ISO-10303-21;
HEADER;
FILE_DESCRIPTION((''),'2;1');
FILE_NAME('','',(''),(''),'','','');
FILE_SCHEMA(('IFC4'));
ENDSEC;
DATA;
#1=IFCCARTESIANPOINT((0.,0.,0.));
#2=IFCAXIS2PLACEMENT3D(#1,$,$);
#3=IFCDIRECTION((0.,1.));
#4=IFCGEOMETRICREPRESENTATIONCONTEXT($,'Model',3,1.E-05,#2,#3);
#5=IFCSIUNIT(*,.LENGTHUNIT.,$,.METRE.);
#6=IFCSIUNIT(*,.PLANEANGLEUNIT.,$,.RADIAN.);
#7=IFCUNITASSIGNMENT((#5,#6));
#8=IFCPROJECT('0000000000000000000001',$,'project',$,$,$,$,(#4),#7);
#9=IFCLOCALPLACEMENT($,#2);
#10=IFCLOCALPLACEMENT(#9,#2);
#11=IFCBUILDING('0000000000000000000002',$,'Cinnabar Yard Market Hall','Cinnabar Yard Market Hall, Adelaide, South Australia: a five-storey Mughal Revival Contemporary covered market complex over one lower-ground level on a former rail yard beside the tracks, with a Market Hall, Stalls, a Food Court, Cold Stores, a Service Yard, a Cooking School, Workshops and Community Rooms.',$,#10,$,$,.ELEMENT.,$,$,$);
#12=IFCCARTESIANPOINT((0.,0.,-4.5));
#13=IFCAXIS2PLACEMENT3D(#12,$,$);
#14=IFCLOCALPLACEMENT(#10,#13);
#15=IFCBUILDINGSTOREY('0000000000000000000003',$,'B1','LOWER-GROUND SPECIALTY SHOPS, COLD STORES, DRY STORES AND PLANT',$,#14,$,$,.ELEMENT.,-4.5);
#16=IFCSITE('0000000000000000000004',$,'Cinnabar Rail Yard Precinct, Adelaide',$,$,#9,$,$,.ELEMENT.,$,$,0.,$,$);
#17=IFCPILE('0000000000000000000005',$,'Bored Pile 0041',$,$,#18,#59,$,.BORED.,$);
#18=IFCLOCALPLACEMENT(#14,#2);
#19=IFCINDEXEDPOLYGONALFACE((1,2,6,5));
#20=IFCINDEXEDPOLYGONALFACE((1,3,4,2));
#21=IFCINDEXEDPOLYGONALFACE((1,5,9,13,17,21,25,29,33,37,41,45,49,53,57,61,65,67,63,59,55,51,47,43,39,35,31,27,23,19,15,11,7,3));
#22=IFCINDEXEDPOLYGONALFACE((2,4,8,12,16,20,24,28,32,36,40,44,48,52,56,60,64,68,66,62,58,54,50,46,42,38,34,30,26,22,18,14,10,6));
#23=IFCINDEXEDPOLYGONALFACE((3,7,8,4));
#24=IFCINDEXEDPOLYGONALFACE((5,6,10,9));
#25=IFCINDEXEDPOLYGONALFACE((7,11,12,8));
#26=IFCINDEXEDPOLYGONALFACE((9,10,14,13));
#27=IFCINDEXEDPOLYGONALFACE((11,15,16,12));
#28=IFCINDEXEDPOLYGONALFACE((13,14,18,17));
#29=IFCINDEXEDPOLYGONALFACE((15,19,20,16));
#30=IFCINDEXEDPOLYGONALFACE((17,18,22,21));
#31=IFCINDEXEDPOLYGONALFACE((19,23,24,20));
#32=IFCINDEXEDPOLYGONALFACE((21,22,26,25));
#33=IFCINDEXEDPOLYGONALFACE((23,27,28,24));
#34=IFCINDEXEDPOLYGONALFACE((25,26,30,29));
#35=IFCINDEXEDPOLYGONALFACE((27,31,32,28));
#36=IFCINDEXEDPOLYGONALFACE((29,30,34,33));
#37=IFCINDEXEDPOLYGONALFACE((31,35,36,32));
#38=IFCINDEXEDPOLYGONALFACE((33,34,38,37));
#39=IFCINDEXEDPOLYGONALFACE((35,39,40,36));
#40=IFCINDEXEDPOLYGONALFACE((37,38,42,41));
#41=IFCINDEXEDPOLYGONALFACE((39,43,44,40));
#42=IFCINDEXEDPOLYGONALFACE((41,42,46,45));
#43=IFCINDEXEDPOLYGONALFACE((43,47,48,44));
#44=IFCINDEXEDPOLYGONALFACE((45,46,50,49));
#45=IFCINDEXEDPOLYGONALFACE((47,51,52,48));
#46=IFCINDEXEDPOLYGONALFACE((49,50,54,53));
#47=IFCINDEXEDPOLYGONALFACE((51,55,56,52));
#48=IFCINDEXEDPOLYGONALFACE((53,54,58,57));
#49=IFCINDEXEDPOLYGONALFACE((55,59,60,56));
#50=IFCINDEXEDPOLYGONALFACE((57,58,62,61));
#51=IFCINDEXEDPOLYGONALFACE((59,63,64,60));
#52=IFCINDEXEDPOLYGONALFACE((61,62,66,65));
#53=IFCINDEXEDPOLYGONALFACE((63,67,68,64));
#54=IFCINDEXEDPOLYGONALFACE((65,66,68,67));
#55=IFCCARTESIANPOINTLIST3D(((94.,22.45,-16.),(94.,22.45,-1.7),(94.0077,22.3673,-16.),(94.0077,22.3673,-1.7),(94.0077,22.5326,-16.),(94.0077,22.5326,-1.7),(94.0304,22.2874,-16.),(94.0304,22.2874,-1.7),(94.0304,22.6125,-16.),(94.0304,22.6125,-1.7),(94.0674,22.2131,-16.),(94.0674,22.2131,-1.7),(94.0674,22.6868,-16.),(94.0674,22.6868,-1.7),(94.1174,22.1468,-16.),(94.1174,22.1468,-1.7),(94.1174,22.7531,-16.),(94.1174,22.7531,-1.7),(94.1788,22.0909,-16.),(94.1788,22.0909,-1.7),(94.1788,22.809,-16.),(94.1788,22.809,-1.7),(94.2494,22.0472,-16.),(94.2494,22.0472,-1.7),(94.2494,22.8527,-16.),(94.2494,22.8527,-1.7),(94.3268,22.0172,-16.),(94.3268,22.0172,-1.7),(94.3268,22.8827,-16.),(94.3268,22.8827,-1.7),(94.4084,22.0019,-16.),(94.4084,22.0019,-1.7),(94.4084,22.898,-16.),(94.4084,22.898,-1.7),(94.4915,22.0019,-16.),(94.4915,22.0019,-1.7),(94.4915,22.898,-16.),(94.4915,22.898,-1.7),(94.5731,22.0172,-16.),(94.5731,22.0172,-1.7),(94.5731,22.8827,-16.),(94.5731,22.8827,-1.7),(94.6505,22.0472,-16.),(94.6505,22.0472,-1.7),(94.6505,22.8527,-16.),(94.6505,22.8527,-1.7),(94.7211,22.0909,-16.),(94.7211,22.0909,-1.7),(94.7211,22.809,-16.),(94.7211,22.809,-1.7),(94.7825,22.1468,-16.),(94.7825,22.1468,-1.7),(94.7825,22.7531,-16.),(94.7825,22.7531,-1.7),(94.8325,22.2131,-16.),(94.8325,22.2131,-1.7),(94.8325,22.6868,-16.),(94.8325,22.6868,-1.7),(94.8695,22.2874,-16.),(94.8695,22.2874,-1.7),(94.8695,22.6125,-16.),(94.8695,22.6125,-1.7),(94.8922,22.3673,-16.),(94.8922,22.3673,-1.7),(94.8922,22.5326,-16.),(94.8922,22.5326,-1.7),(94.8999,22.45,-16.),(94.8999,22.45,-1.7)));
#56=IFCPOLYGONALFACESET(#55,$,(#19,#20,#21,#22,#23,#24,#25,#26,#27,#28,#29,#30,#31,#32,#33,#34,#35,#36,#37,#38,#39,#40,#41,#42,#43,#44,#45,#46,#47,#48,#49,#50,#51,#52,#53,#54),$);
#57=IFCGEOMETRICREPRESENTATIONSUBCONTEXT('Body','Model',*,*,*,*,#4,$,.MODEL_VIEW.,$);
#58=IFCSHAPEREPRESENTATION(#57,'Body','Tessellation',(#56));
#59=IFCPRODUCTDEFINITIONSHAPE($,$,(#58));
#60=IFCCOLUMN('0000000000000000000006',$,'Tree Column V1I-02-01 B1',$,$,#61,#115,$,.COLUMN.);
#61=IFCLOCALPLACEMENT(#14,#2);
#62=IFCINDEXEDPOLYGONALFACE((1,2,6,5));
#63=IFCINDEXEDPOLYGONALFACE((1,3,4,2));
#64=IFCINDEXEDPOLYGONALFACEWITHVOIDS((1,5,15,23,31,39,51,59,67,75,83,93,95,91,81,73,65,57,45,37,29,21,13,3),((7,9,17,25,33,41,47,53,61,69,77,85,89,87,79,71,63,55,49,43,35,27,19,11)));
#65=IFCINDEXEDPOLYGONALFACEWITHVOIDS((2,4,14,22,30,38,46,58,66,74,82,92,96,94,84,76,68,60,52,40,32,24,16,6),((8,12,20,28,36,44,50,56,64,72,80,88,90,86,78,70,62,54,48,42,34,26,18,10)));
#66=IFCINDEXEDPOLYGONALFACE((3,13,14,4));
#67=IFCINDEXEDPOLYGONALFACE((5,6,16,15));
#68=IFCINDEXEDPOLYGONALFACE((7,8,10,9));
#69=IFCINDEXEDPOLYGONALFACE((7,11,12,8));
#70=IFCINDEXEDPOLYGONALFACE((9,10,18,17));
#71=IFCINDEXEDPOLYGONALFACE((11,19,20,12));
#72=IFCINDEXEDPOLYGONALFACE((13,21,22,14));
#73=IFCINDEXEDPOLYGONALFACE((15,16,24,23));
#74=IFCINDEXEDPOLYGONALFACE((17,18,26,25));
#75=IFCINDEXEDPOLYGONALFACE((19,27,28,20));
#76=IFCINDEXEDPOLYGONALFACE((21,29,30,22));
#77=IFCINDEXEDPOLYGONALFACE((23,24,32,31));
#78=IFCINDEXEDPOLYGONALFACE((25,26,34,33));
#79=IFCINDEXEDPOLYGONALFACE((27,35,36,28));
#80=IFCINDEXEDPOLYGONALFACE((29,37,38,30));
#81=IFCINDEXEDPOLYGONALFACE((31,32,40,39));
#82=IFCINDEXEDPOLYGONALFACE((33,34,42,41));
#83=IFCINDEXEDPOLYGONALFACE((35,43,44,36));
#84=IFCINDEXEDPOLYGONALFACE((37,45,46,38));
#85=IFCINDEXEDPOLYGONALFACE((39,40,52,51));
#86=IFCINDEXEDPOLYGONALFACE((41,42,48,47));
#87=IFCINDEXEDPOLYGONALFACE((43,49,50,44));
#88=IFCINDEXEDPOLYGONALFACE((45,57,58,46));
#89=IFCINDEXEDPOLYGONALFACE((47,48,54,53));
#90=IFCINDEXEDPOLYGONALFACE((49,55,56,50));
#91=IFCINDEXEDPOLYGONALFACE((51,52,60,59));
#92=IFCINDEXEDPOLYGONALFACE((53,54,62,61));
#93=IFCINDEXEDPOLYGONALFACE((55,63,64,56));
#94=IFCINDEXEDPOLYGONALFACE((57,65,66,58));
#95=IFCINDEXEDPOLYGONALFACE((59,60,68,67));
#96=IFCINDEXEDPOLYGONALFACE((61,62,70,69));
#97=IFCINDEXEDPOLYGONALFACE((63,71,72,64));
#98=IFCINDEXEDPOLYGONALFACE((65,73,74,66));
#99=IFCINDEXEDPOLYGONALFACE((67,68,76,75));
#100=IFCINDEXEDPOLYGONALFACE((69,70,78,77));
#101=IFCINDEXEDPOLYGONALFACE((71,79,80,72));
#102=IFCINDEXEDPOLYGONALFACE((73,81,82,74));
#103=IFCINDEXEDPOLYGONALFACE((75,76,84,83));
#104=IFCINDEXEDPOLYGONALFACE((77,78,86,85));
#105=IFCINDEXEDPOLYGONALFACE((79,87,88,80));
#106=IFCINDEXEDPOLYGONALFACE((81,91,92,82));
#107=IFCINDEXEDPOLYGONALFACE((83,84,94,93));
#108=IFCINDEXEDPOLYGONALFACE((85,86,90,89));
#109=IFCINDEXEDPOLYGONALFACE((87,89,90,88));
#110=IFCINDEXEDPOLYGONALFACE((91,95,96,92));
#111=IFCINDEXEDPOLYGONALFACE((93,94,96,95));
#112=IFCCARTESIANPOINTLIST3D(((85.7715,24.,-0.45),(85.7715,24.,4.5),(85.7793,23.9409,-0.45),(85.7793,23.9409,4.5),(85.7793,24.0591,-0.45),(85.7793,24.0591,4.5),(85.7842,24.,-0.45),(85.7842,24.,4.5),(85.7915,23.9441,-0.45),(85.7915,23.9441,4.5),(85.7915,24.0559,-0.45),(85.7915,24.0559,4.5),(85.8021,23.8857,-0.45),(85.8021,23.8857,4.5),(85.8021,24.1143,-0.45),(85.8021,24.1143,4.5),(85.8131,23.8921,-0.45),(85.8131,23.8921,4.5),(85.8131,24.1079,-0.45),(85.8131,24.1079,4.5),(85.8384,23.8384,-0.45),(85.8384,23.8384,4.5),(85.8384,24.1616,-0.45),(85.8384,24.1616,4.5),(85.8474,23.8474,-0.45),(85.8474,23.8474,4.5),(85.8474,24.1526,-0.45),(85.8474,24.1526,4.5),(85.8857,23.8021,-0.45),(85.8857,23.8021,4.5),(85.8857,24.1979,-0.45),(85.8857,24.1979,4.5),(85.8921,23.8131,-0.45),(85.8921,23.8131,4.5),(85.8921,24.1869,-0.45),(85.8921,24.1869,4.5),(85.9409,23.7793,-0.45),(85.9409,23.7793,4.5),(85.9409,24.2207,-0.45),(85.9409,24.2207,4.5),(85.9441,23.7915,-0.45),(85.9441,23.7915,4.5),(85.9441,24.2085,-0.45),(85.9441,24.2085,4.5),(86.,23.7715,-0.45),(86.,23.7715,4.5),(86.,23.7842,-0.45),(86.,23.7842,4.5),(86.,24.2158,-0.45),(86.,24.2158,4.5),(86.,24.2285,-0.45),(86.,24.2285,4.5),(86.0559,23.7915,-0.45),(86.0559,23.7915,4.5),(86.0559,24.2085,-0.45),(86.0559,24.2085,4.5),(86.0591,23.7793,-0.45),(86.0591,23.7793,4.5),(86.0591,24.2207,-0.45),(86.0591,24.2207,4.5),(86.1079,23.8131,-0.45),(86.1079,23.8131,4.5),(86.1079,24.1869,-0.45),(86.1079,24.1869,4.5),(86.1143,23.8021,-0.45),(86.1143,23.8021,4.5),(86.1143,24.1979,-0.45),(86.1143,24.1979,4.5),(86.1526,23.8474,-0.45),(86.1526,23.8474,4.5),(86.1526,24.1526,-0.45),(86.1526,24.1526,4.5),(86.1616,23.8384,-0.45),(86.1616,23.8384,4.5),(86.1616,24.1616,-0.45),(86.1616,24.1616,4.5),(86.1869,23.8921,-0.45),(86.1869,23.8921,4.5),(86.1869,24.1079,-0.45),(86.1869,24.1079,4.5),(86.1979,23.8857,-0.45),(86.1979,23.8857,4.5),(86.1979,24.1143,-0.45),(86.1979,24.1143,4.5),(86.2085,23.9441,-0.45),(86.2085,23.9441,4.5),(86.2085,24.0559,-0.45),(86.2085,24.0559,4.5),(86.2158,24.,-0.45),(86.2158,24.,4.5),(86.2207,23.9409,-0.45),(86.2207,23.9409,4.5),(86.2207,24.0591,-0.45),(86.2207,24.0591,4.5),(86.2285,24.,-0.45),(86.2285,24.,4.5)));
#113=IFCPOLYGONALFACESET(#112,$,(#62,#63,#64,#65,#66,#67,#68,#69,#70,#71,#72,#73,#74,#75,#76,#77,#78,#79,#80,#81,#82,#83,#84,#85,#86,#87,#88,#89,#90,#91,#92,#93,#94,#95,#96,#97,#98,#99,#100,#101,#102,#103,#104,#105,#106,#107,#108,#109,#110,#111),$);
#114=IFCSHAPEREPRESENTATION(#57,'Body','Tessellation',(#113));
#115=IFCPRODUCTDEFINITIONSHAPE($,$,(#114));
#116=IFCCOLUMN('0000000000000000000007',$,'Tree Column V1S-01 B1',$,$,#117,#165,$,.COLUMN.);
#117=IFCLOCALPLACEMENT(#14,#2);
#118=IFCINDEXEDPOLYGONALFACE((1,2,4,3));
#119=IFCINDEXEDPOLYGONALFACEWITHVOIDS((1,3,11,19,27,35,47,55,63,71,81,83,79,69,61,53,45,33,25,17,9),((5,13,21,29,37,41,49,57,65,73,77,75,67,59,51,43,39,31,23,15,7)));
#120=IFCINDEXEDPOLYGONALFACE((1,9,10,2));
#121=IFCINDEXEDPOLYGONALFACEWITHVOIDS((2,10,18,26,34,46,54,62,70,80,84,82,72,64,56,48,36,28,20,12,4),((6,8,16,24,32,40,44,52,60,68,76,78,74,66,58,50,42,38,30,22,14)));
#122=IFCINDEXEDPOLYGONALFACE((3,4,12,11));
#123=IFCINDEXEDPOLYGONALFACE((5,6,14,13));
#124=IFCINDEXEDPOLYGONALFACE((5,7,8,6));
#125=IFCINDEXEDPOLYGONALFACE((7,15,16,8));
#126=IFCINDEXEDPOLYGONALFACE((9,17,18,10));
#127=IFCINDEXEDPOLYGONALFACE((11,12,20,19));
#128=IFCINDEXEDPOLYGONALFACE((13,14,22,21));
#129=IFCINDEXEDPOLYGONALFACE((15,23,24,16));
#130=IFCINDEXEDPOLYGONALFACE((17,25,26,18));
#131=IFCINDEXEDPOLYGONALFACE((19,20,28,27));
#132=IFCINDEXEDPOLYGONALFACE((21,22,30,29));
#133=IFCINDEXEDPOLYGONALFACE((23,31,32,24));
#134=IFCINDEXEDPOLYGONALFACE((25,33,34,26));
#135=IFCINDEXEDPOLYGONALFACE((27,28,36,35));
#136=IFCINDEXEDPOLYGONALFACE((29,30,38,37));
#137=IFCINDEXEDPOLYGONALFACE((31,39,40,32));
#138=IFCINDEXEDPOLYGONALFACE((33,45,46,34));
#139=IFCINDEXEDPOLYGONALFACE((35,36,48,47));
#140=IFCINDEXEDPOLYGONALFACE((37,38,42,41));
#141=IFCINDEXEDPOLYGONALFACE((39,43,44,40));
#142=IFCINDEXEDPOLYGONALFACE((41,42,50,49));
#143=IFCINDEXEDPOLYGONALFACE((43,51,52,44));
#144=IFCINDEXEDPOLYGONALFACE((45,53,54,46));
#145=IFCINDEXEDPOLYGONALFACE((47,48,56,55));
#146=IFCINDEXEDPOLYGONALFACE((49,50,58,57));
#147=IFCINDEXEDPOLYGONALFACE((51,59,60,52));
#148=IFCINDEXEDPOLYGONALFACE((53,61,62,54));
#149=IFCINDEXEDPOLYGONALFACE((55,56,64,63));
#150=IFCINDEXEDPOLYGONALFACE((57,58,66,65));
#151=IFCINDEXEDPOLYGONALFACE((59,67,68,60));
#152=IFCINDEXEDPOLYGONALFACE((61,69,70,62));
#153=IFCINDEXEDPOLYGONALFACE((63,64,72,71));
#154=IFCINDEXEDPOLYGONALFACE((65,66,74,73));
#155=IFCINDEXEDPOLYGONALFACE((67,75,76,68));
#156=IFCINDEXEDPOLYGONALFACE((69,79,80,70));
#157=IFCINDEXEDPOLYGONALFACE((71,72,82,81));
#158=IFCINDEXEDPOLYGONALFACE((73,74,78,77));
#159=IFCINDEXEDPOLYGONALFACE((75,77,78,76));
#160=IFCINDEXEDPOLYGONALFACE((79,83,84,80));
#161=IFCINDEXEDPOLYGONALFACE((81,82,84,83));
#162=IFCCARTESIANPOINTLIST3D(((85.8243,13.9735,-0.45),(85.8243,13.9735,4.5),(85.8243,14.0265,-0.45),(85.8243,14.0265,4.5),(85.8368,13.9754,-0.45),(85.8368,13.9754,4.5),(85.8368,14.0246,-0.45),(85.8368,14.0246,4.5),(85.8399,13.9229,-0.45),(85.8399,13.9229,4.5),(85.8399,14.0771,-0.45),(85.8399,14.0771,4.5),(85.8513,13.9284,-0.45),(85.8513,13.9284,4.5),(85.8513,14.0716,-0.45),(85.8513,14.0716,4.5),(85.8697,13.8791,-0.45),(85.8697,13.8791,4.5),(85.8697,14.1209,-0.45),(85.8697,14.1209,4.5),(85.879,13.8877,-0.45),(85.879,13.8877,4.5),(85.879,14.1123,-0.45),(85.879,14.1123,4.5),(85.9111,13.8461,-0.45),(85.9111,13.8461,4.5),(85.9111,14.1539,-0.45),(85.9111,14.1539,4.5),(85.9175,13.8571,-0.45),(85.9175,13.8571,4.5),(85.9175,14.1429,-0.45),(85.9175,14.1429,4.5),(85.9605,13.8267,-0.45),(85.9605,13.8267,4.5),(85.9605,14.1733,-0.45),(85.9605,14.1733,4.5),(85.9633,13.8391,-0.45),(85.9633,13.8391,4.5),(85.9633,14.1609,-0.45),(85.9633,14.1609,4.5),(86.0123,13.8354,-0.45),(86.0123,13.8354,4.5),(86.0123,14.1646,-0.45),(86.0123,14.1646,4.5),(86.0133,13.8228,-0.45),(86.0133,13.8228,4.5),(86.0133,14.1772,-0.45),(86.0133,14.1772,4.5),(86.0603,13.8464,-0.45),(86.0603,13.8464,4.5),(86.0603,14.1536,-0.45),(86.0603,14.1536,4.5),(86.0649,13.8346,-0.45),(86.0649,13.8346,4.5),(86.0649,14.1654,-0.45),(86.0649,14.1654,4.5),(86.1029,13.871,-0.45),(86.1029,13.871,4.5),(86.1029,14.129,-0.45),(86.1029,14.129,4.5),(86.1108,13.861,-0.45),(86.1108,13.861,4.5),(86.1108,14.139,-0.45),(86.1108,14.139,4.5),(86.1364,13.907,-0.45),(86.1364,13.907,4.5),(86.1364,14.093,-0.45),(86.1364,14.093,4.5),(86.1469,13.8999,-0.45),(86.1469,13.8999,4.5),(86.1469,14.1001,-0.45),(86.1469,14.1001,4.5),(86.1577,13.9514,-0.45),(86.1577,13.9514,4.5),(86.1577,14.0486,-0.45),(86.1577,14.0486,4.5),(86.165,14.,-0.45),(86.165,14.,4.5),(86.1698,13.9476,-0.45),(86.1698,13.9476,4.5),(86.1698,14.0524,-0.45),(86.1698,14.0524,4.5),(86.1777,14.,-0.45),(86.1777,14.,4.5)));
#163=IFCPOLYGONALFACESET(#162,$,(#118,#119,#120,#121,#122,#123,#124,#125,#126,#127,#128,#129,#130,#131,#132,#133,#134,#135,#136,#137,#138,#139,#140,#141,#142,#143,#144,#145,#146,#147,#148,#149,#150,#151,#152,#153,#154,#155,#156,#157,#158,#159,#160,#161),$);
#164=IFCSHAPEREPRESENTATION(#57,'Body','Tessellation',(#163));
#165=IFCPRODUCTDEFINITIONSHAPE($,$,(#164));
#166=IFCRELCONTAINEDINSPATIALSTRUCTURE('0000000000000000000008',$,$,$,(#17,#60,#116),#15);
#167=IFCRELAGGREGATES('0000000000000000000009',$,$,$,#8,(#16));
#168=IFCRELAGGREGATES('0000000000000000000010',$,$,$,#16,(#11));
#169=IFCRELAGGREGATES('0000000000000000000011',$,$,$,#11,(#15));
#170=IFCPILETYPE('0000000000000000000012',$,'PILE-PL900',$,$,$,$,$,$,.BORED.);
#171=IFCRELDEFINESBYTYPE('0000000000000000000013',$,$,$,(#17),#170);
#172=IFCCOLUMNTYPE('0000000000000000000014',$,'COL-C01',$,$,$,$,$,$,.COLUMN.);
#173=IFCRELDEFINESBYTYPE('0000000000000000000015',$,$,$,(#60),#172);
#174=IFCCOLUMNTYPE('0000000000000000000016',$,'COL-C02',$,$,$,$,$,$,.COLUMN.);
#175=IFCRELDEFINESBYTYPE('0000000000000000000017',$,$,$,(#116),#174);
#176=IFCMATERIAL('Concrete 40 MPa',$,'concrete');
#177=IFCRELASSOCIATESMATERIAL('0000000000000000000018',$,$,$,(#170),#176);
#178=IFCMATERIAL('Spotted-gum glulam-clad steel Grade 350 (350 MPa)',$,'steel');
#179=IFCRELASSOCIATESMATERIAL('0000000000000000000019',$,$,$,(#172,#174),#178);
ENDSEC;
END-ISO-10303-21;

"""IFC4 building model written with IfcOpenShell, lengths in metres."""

from ifc_helpers import new_model, si_unit, direction, frame, origin, origin_2d_with_axis, place, context, subcontext, project, spatial, circle, hollow_circle, extrude, material, material_profile, profile_set, type_object, element, save


model = new_model("IFC4")

# Units and contexts
model_context = context("Model", 3, precision=1e-05, world=origin(), true_north=direction((0.0, 1.0)))
body_context = subcontext(model_context, "Body", "Model", "MODEL_VIEW")
ifc_project = project(units=[si_unit("LENGTHUNIT", "METRE"), si_unit("PLANEANGLEUNIT", "RADIAN")], contexts=[model_context])

# Site, building, storey
site_placement = place(None, origin())
site = spatial("IfcSite", under=ifc_project, at=site_placement, Name="Cinnabar Rail Yard Precinct, Adelaide", CompositionType="ELEMENT", RefElevation=0.0)
building_placement = place(site_placement, origin())
building = spatial("IfcBuilding", under=site, at=building_placement, Name="Cinnabar Yard Market Hall", Description="Cinnabar Yard Market Hall, Adelaide, South Australia: a five-storey Mughal Revival Contemporary covered market complex over one lower-ground level on a former rail yard beside the tracks, with a Market Hall, Stalls, a Food Court, Cold Stores, a Service Yard, a Cooking School, Workshops and Community Rooms.", CompositionType="ELEMENT")
storey_placement = place(building_placement, frame((0.0, 0.0, -4.5)))
storey = spatial("IfcBuildingStorey", under=building, at=storey_placement, Name="B1", Description="LOWER-GROUND SPECIALTY SHOPS, COLD STORES, DRY STORES AND PLANT", CompositionType="ELEMENT", Elevation=-4.5)

# Shared definitions
ifc_material_1 = material(Name="Concrete 40 MPa", Category="concrete")

# Pile
ifc_material_profile_1 = material_profile(ifc_material_1, circle(Radius=0.45, at=origin_2d_with_axis()), Name="PILE-D900")
ifc_profile_set_1 = profile_set([ifc_material_profile_1], Name="Concrete 40 MPa")
pile_type_1 = type_object("IfcPileType", Name="PILE-PL900", PredefinedType="BORED", material=ifc_profile_set_1)
pile_1_placement = place(storey_placement, frame((94.45, 22.45, -1.7), z_axis=(0.0, 0.0, -1.0), x_axis=(1.0, 0.0, 0.0)))
element("IfcPile", 1, at=pile_1_placement, inside=storey, type_object=pile_type_1, Name="Bored Pile 0041", PredefinedType="BORED", context=body_context, shape_type="SweptSolid", body=[
    extrude(circle(Radius=0.45, at=origin_2d_with_axis()), origin(), (0.0, 0.0, 1.0), 14.3),
])

# Columns
ifc_material_2 = material(Name="Spotted-gum glulam-clad steel Grade 350 (350 MPa)", Category="steel")
ifc_material_profile_2 = material_profile(ifc_material_2, hollow_circle(Radius=0.2285, WallThickness=0.0127, at=origin_2d_with_axis()), Name="457.0x12.7CHS")
ifc_profile_set_2 = profile_set([ifc_material_profile_2], Name="Spotted-gum glulam-clad steel Grade 350 (350 MPa)")
column_type_1 = type_object("IfcColumnType", Name="COL-C01", PredefinedType="COLUMN", material=ifc_profile_set_2)
column_placement = place(storey_placement, frame((86.0, 24.0, -0.45), z_axis=(0.0, 0.0, 1.0), x_axis=(1.0, 0.0, 0.0)))
element("IfcColumn", 2, at=column_placement, inside=storey, type_object=column_type_1, Name="Tree Column V1I-02-01 B1", PredefinedType="COLUMN", context=body_context, shape_type="SweptSolid", body=[
    extrude(hollow_circle(Radius=0.2285, WallThickness=0.0127, at=origin_2d_with_axis()), origin(), (0.0, 0.0, 1.0), 4.95),
])
ifc_material_profile_3 = material_profile(ifc_material_2, hollow_circle(Radius=0.1777, WallThickness=0.0127, at=origin_2d_with_axis()), Name="355.6x12.7CHS")
ifc_profile_set_3 = profile_set([ifc_material_profile_3], Name="Spotted-gum glulam-clad steel Grade 350 (350 MPa)")
column_type_2 = type_object("IfcColumnType", Name="COL-C02", PredefinedType="COLUMN", material=ifc_profile_set_3)
for number, where, z_axis, x_axis, name in (
    (3, (86.0, 14.0, -0.45), (0.0, 0.0, 1.0), (1.0, 0.0, 0.0), "Tree Column V1S-01 B1"),
):
    element("IfcColumn", number, at=place(storey_placement, frame(where, z_axis=z_axis, x_axis=x_axis)), inside=storey, type_object=column_type_2, Name=name, PredefinedType="COLUMN", context=body_context, shape_type="SweptSolid", body=[
        extrude(hollow_circle(Radius=0.1777, WallThickness=0.0127, at=origin_2d_with_axis()), origin(), (0.0, 0.0, 1.0), 4.95),
    ])

save(model, "model.ifc")
